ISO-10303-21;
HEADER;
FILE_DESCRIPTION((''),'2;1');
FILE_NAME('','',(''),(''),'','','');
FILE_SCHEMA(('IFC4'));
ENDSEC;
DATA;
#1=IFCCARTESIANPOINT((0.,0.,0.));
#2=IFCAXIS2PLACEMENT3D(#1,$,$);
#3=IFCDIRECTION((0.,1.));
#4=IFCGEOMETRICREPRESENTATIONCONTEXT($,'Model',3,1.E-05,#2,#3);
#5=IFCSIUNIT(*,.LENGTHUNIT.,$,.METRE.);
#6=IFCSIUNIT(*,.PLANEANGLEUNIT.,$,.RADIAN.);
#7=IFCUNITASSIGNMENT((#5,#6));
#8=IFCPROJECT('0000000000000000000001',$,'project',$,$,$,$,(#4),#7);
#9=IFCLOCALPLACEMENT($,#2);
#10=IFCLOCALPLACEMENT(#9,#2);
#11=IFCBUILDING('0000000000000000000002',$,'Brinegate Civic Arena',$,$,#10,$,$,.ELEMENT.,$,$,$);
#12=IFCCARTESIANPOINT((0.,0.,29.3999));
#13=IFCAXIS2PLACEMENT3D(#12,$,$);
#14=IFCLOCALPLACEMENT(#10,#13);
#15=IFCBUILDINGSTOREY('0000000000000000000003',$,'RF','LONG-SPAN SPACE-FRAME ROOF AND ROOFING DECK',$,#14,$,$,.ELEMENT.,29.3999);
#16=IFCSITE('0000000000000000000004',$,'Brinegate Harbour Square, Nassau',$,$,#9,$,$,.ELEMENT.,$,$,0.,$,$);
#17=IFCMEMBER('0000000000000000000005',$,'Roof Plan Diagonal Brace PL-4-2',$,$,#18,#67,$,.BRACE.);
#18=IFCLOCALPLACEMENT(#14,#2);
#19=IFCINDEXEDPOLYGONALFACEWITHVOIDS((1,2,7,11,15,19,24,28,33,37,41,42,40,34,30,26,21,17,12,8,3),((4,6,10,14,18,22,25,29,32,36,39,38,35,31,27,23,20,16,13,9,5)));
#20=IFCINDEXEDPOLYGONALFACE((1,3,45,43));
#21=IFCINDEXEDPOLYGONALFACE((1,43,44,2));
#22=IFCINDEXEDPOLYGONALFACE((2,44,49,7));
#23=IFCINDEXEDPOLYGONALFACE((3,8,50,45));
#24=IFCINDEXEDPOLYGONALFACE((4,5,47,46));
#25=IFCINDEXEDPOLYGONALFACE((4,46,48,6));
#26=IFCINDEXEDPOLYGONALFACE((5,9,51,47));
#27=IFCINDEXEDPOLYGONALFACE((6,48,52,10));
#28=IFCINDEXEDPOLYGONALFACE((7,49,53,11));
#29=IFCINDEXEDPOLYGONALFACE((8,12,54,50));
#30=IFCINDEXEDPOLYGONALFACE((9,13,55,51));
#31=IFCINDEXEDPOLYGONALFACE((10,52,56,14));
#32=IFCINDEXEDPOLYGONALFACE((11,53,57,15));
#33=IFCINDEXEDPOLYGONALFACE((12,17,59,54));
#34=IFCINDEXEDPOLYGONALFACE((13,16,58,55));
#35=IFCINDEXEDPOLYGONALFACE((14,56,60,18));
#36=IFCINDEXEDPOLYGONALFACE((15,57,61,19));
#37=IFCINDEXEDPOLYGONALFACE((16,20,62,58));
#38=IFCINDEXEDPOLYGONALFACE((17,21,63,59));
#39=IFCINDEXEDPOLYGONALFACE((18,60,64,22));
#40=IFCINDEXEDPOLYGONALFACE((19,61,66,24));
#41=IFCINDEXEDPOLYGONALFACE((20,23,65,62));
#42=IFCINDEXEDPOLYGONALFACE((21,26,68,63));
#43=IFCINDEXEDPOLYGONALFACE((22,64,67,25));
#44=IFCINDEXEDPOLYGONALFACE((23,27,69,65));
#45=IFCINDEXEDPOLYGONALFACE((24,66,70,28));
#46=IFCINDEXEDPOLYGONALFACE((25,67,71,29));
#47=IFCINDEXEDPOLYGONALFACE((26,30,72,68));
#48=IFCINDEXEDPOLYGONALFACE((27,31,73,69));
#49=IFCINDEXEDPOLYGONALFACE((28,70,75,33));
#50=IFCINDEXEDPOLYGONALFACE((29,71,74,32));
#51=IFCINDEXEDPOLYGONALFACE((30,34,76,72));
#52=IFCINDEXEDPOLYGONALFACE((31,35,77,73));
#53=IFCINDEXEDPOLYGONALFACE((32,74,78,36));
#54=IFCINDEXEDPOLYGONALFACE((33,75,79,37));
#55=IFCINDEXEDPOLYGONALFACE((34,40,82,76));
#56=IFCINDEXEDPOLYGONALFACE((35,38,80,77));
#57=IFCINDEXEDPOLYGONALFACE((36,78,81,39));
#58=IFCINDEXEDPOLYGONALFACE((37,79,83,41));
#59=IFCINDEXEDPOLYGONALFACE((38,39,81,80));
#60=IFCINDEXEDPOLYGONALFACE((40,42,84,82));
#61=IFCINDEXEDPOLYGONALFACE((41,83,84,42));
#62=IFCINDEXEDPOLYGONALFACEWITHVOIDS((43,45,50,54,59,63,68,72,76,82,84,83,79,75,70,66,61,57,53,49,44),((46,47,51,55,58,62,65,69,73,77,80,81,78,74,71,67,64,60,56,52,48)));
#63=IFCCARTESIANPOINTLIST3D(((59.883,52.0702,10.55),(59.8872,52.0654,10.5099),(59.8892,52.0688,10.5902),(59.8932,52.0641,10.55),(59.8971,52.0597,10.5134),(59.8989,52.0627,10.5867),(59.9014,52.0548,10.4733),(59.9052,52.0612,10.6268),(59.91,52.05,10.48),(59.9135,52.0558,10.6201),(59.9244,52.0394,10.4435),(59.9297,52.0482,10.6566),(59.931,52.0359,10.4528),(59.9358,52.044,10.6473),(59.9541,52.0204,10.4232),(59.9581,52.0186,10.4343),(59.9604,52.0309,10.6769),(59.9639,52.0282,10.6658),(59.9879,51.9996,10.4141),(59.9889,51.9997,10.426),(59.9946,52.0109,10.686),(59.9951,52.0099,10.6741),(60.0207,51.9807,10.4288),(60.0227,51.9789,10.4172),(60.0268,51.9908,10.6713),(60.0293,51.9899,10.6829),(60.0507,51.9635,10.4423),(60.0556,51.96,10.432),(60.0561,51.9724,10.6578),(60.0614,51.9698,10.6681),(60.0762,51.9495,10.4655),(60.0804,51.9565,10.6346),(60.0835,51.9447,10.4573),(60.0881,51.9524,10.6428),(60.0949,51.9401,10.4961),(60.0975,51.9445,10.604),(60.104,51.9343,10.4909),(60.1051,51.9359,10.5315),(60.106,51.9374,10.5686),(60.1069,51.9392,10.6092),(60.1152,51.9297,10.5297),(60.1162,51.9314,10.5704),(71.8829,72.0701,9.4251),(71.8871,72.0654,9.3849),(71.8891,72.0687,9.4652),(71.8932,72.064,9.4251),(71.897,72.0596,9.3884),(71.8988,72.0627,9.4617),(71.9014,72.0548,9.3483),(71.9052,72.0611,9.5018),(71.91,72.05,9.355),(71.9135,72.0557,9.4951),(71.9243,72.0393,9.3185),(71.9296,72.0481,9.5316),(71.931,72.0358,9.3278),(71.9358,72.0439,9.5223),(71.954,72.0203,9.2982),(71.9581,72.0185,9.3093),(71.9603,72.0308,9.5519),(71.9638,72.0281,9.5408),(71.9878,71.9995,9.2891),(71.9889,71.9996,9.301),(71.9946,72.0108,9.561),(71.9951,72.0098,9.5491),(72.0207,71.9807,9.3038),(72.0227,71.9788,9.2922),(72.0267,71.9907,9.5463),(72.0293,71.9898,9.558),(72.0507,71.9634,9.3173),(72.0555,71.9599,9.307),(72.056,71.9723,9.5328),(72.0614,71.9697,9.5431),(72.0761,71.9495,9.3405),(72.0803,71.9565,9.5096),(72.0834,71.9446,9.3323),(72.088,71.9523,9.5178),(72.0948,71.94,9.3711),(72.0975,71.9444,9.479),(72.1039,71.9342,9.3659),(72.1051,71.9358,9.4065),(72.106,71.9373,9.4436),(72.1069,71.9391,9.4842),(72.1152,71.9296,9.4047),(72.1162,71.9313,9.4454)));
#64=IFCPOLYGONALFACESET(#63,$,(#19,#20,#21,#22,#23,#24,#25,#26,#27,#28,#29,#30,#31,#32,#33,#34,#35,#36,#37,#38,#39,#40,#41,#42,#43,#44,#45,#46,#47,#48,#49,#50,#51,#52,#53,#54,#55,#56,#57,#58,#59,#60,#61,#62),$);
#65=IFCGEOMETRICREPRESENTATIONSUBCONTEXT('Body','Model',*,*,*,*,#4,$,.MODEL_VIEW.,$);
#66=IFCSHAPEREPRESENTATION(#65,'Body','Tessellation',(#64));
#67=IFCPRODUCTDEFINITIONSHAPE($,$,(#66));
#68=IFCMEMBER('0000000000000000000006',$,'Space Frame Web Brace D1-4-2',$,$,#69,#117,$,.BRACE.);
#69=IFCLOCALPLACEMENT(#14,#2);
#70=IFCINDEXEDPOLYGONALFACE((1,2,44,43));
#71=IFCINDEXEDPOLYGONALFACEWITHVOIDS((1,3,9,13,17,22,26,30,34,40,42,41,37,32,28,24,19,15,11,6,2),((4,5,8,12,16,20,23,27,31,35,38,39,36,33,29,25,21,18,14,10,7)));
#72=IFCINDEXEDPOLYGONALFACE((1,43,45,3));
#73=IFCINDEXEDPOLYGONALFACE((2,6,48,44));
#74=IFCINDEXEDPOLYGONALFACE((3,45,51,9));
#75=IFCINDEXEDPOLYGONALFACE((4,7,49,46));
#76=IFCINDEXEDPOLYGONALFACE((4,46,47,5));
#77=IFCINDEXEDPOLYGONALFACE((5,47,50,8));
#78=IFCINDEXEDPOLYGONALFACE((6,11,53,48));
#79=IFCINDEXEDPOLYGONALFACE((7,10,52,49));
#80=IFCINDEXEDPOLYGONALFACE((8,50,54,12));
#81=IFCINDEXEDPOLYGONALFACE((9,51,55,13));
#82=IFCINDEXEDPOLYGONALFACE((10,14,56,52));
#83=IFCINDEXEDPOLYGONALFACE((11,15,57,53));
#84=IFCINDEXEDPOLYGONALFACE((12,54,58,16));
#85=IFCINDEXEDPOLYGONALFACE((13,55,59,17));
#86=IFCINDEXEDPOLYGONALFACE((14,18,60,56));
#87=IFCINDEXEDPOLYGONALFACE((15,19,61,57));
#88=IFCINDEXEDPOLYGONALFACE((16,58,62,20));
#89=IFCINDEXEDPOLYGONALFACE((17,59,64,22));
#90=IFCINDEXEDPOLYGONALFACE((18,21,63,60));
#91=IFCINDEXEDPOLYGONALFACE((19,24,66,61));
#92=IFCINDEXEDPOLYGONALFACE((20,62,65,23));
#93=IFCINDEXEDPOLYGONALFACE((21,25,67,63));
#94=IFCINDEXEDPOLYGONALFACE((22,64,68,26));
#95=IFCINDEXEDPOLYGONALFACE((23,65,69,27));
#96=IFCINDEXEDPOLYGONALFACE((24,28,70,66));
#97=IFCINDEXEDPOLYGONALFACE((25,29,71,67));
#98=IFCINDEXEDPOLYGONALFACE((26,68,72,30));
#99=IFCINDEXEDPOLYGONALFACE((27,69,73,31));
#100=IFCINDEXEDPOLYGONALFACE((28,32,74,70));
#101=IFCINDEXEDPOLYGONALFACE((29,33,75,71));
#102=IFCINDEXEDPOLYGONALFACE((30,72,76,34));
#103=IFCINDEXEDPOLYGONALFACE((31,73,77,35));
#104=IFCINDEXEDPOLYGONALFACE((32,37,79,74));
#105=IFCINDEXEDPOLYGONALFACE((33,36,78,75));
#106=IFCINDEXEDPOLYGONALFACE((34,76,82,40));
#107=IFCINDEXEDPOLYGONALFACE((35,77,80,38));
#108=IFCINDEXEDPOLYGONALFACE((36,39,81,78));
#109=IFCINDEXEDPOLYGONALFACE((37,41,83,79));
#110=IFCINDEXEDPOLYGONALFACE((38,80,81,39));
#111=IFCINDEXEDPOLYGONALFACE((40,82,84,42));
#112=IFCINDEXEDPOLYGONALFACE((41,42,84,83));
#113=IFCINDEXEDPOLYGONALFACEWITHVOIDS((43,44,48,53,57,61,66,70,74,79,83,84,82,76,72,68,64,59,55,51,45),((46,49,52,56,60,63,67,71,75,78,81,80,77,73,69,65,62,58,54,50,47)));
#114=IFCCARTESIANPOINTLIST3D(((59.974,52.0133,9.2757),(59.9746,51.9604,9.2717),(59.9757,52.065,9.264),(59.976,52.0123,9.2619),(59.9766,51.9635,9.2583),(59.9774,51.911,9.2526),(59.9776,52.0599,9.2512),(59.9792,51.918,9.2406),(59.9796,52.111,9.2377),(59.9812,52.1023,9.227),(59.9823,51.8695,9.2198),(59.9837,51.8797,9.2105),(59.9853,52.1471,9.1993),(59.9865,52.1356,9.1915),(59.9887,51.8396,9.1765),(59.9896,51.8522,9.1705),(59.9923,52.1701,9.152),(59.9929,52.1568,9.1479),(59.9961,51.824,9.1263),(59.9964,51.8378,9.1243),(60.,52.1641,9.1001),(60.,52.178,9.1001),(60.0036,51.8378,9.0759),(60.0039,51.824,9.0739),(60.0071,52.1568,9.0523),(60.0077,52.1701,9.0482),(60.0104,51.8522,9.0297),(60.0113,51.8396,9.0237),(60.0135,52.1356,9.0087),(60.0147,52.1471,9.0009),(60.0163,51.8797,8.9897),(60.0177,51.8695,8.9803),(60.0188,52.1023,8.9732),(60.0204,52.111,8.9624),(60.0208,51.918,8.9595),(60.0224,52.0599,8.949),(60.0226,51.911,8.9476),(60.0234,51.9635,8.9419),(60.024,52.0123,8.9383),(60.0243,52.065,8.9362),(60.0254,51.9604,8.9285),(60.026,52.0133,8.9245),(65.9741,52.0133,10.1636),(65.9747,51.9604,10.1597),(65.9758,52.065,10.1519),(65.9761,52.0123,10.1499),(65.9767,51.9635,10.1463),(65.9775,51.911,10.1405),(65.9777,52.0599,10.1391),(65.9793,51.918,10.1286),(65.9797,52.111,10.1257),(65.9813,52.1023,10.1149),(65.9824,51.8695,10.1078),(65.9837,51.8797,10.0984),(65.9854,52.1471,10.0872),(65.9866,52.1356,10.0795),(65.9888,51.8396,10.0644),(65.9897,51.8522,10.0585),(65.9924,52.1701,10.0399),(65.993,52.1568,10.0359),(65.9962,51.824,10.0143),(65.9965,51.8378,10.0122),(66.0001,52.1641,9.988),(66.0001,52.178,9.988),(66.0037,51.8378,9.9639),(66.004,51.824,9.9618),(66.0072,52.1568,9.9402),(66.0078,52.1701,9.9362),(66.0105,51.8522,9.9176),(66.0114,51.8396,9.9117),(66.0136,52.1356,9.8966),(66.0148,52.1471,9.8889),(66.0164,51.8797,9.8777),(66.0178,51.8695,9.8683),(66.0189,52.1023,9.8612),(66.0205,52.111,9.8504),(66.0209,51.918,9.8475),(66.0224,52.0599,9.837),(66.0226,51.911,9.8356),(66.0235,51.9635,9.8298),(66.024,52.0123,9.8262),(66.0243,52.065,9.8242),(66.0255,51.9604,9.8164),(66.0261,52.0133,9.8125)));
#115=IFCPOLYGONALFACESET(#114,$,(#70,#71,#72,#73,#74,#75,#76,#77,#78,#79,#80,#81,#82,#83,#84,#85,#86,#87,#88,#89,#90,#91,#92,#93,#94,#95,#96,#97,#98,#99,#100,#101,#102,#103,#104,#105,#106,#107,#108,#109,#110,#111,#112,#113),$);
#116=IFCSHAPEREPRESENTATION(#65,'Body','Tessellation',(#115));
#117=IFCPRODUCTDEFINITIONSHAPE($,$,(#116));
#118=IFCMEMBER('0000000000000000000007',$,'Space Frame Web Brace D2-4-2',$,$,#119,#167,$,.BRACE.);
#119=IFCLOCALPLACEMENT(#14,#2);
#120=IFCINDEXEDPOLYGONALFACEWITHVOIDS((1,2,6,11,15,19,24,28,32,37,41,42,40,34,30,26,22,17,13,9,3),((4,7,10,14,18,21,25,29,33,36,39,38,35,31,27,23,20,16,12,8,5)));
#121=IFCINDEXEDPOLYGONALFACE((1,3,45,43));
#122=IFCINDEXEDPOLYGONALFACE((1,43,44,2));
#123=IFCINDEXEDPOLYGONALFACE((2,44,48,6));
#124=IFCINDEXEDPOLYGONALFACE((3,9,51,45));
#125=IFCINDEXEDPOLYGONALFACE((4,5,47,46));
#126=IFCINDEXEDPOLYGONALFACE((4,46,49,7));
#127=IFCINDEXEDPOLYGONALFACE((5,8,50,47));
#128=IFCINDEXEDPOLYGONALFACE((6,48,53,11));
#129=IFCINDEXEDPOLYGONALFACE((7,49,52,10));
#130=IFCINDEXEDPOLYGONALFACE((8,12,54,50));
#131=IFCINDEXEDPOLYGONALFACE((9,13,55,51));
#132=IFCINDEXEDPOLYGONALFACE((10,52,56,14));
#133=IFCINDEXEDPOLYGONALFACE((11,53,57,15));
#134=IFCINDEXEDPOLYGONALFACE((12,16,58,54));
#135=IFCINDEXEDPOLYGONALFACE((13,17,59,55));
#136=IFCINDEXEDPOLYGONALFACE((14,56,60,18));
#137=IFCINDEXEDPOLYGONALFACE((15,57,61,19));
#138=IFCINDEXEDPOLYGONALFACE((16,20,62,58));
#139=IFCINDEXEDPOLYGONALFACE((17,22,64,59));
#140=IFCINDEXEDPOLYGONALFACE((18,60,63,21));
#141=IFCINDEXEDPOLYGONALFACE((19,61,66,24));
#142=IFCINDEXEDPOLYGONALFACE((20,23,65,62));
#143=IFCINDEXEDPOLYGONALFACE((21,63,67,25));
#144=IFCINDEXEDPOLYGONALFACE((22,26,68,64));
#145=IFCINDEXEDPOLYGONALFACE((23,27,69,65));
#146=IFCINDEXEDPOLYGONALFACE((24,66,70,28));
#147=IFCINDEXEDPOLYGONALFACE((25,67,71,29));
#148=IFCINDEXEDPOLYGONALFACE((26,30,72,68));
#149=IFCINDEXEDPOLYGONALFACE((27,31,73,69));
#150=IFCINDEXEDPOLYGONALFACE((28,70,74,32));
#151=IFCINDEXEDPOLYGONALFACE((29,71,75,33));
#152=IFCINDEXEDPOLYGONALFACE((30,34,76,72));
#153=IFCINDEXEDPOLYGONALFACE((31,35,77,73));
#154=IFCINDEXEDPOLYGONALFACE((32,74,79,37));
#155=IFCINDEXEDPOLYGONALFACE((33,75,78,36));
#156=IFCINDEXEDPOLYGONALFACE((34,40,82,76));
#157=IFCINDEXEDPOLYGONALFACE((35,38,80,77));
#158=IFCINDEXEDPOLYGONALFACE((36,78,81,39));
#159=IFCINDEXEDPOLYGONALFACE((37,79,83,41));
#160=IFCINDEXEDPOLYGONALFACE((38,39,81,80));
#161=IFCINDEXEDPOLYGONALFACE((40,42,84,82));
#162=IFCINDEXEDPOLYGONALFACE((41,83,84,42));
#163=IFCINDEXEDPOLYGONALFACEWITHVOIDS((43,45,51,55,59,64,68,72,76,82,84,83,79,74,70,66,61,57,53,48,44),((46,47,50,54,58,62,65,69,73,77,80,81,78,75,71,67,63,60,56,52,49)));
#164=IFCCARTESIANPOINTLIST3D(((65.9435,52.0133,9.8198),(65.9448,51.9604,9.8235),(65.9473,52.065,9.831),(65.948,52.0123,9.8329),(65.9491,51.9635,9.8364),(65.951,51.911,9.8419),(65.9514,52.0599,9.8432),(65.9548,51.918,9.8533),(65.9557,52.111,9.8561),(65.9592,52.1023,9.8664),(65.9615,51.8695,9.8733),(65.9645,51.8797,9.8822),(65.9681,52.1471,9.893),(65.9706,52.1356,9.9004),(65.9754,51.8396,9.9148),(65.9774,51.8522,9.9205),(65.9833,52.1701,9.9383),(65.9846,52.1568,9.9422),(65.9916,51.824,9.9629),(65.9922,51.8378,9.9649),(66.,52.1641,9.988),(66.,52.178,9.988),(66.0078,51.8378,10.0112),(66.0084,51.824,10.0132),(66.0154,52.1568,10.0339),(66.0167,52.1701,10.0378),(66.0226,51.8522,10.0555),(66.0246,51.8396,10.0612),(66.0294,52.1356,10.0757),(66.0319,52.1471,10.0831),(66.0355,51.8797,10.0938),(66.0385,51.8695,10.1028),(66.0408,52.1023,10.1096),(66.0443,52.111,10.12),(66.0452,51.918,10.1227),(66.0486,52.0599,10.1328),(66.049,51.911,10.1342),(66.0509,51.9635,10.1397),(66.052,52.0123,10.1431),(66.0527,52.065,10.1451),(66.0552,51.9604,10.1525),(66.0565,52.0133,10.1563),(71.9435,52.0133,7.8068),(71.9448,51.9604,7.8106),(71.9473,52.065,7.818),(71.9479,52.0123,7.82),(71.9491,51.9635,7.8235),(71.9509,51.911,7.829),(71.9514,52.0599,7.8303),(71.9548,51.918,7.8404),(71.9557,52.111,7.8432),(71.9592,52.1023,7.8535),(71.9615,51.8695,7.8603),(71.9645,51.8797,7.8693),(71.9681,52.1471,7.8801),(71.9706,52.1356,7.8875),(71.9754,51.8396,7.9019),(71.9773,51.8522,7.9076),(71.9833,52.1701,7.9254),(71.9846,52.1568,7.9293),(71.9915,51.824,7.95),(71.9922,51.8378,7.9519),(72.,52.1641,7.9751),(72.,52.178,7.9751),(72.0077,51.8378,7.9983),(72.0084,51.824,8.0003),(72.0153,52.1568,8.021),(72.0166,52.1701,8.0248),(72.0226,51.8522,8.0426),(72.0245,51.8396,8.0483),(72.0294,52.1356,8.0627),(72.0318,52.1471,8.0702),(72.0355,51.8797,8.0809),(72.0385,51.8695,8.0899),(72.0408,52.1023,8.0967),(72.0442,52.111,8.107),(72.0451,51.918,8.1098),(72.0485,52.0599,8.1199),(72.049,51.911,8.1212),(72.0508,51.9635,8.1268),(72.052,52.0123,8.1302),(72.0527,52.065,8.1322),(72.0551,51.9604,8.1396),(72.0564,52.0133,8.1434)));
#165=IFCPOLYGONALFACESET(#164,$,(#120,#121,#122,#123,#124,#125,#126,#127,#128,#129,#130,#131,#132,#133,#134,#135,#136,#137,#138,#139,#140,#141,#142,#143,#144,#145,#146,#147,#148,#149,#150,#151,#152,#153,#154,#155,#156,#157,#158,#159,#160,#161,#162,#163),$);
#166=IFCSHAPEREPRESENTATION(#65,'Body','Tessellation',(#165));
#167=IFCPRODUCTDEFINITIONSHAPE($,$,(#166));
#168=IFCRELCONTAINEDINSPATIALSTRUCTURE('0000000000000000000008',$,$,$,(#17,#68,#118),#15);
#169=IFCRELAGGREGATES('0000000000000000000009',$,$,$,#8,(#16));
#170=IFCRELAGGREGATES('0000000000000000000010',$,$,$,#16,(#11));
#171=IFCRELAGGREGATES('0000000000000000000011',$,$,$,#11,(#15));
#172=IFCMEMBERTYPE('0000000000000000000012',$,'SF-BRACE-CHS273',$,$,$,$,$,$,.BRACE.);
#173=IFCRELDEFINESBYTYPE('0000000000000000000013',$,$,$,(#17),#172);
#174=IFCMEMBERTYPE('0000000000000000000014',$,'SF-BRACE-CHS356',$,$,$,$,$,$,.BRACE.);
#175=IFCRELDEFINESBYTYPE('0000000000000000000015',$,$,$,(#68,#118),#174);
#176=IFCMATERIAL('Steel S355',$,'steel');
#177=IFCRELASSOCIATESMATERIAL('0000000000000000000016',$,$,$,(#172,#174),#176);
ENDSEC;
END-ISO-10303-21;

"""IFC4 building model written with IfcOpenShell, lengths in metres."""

from ifc_helpers import new_model, si_unit, direction, frame, origin, origin_2d, place, context, subcontext, project, spatial, hollow_circle, extrude, material, material_profile, profile_set, type_object, element, save


model = new_model("IFC4")

# Units and contexts
model_context = context("Model", 3, precision=1e-05, world=origin(), true_north=direction((0.0, 1.0)))
body_context = subcontext(model_context, "Body", "Model", "MODEL_VIEW")
ifc_project = project(units=[si_unit("LENGTHUNIT", "METRE"), si_unit("PLANEANGLEUNIT", "RADIAN")], contexts=[model_context])

# Site, building, storey
site_placement = place(None, origin())
site = spatial("IfcSite", under=ifc_project, at=site_placement, Name="Brinegate Harbour Square, Nassau", CompositionType="ELEMENT", RefElevation=0.0)
building_placement = place(site_placement, origin())
building = spatial("IfcBuilding", under=site, at=building_placement, Name="Brinegate Civic Arena", CompositionType="ELEMENT")
storey_placement = place(building_placement, frame((0.0, 0.0, 29.3999)))
storey = spatial("IfcBuildingStorey", under=building, at=storey_placement, Name="RF", Description="LONG-SPAN SPACE-FRAME ROOF AND ROOFING DECK", CompositionType="ELEMENT", Elevation=29.3999)

# Shared definitions
ifc_material_1 = material(Name="Steel S355", Category="steel")

# Members
ifc_material_profile_1 = material_profile(ifc_material_1, hollow_circle(Radius=0.1365, WallThickness=0.012, at=origin_2d()), Name="CHS273X12")
ifc_profile_set_1 = profile_set([ifc_material_profile_1], Name="Steel S355")
member_type_1 = type_object("IfcMemberType", Name="SF-BRACE-CHS273", PredefinedType="BRACE", material=ifc_profile_set_1)
member_1_placement = place(storey_placement, frame((60.0, 52.0, 10.55), z_axis=(0.513898, 0.856497, -0.048178), x_axis=(-0.857493, 0.514496, 0.0)))
element("IfcMember", 1, at=member_1_placement, inside=storey, type_object=member_type_1, Name="Roof Plan Diagonal Brace PL-4-2", PredefinedType="BRACE", context=body_context, shape_type="SweptSolid", body=[
    extrude(hollow_circle(Radius=0.1365, WallThickness=0.012, at=origin_2d()), origin(), (0.0, 0.0, 1.0), 23.3508),
])
ifc_material_profile_2 = material_profile(ifc_material_1, hollow_circle(Radius=0.178, WallThickness=0.0139, at=origin_2d()), Name="CHS356X14")
ifc_profile_set_2 = profile_set([ifc_material_profile_2], Name="Steel S355")
member_type_2 = type_object("IfcMemberType", Name="SF-BRACE-CHS356", PredefinedType="BRACE", material=ifc_profile_set_2)
member_2_placement = place(storey_placement, frame((60.0, 52.0, 9.1001), z_axis=(0.989226, 0.0, 0.146395), x_axis=(0.0, 1.0, 0.0)))
element("IfcMember", 2, at=member_2_placement, inside=storey, type_object=member_type_2, Name="Space Frame Web Brace D1-4-2", PredefinedType="BRACE", context=body_context, shape_type="SweptSolid", body=[
    extrude(hollow_circle(Radius=0.178, WallThickness=0.0139, at=origin_2d()), origin(), (0.0, 0.0, 1.0), 6.0654),
])
member_3_placement = place(storey_placement, frame((66.0, 52.0, 9.988), z_axis=(0.948068, 0.0, -0.318067), x_axis=(0.0, 1.0, 0.0)))
element("IfcMember", 3, at=member_3_placement, inside=storey, type_object=member_type_2, Name="Space Frame Web Brace D2-4-2", PredefinedType="BRACE", context=body_context, shape_type="SweptSolid", body=[
    extrude(hollow_circle(Radius=0.178, WallThickness=0.0139, at=origin_2d()), origin(), (0.0, 0.0, 1.0), 6.3286),
])

save(model, "model.ifc")
